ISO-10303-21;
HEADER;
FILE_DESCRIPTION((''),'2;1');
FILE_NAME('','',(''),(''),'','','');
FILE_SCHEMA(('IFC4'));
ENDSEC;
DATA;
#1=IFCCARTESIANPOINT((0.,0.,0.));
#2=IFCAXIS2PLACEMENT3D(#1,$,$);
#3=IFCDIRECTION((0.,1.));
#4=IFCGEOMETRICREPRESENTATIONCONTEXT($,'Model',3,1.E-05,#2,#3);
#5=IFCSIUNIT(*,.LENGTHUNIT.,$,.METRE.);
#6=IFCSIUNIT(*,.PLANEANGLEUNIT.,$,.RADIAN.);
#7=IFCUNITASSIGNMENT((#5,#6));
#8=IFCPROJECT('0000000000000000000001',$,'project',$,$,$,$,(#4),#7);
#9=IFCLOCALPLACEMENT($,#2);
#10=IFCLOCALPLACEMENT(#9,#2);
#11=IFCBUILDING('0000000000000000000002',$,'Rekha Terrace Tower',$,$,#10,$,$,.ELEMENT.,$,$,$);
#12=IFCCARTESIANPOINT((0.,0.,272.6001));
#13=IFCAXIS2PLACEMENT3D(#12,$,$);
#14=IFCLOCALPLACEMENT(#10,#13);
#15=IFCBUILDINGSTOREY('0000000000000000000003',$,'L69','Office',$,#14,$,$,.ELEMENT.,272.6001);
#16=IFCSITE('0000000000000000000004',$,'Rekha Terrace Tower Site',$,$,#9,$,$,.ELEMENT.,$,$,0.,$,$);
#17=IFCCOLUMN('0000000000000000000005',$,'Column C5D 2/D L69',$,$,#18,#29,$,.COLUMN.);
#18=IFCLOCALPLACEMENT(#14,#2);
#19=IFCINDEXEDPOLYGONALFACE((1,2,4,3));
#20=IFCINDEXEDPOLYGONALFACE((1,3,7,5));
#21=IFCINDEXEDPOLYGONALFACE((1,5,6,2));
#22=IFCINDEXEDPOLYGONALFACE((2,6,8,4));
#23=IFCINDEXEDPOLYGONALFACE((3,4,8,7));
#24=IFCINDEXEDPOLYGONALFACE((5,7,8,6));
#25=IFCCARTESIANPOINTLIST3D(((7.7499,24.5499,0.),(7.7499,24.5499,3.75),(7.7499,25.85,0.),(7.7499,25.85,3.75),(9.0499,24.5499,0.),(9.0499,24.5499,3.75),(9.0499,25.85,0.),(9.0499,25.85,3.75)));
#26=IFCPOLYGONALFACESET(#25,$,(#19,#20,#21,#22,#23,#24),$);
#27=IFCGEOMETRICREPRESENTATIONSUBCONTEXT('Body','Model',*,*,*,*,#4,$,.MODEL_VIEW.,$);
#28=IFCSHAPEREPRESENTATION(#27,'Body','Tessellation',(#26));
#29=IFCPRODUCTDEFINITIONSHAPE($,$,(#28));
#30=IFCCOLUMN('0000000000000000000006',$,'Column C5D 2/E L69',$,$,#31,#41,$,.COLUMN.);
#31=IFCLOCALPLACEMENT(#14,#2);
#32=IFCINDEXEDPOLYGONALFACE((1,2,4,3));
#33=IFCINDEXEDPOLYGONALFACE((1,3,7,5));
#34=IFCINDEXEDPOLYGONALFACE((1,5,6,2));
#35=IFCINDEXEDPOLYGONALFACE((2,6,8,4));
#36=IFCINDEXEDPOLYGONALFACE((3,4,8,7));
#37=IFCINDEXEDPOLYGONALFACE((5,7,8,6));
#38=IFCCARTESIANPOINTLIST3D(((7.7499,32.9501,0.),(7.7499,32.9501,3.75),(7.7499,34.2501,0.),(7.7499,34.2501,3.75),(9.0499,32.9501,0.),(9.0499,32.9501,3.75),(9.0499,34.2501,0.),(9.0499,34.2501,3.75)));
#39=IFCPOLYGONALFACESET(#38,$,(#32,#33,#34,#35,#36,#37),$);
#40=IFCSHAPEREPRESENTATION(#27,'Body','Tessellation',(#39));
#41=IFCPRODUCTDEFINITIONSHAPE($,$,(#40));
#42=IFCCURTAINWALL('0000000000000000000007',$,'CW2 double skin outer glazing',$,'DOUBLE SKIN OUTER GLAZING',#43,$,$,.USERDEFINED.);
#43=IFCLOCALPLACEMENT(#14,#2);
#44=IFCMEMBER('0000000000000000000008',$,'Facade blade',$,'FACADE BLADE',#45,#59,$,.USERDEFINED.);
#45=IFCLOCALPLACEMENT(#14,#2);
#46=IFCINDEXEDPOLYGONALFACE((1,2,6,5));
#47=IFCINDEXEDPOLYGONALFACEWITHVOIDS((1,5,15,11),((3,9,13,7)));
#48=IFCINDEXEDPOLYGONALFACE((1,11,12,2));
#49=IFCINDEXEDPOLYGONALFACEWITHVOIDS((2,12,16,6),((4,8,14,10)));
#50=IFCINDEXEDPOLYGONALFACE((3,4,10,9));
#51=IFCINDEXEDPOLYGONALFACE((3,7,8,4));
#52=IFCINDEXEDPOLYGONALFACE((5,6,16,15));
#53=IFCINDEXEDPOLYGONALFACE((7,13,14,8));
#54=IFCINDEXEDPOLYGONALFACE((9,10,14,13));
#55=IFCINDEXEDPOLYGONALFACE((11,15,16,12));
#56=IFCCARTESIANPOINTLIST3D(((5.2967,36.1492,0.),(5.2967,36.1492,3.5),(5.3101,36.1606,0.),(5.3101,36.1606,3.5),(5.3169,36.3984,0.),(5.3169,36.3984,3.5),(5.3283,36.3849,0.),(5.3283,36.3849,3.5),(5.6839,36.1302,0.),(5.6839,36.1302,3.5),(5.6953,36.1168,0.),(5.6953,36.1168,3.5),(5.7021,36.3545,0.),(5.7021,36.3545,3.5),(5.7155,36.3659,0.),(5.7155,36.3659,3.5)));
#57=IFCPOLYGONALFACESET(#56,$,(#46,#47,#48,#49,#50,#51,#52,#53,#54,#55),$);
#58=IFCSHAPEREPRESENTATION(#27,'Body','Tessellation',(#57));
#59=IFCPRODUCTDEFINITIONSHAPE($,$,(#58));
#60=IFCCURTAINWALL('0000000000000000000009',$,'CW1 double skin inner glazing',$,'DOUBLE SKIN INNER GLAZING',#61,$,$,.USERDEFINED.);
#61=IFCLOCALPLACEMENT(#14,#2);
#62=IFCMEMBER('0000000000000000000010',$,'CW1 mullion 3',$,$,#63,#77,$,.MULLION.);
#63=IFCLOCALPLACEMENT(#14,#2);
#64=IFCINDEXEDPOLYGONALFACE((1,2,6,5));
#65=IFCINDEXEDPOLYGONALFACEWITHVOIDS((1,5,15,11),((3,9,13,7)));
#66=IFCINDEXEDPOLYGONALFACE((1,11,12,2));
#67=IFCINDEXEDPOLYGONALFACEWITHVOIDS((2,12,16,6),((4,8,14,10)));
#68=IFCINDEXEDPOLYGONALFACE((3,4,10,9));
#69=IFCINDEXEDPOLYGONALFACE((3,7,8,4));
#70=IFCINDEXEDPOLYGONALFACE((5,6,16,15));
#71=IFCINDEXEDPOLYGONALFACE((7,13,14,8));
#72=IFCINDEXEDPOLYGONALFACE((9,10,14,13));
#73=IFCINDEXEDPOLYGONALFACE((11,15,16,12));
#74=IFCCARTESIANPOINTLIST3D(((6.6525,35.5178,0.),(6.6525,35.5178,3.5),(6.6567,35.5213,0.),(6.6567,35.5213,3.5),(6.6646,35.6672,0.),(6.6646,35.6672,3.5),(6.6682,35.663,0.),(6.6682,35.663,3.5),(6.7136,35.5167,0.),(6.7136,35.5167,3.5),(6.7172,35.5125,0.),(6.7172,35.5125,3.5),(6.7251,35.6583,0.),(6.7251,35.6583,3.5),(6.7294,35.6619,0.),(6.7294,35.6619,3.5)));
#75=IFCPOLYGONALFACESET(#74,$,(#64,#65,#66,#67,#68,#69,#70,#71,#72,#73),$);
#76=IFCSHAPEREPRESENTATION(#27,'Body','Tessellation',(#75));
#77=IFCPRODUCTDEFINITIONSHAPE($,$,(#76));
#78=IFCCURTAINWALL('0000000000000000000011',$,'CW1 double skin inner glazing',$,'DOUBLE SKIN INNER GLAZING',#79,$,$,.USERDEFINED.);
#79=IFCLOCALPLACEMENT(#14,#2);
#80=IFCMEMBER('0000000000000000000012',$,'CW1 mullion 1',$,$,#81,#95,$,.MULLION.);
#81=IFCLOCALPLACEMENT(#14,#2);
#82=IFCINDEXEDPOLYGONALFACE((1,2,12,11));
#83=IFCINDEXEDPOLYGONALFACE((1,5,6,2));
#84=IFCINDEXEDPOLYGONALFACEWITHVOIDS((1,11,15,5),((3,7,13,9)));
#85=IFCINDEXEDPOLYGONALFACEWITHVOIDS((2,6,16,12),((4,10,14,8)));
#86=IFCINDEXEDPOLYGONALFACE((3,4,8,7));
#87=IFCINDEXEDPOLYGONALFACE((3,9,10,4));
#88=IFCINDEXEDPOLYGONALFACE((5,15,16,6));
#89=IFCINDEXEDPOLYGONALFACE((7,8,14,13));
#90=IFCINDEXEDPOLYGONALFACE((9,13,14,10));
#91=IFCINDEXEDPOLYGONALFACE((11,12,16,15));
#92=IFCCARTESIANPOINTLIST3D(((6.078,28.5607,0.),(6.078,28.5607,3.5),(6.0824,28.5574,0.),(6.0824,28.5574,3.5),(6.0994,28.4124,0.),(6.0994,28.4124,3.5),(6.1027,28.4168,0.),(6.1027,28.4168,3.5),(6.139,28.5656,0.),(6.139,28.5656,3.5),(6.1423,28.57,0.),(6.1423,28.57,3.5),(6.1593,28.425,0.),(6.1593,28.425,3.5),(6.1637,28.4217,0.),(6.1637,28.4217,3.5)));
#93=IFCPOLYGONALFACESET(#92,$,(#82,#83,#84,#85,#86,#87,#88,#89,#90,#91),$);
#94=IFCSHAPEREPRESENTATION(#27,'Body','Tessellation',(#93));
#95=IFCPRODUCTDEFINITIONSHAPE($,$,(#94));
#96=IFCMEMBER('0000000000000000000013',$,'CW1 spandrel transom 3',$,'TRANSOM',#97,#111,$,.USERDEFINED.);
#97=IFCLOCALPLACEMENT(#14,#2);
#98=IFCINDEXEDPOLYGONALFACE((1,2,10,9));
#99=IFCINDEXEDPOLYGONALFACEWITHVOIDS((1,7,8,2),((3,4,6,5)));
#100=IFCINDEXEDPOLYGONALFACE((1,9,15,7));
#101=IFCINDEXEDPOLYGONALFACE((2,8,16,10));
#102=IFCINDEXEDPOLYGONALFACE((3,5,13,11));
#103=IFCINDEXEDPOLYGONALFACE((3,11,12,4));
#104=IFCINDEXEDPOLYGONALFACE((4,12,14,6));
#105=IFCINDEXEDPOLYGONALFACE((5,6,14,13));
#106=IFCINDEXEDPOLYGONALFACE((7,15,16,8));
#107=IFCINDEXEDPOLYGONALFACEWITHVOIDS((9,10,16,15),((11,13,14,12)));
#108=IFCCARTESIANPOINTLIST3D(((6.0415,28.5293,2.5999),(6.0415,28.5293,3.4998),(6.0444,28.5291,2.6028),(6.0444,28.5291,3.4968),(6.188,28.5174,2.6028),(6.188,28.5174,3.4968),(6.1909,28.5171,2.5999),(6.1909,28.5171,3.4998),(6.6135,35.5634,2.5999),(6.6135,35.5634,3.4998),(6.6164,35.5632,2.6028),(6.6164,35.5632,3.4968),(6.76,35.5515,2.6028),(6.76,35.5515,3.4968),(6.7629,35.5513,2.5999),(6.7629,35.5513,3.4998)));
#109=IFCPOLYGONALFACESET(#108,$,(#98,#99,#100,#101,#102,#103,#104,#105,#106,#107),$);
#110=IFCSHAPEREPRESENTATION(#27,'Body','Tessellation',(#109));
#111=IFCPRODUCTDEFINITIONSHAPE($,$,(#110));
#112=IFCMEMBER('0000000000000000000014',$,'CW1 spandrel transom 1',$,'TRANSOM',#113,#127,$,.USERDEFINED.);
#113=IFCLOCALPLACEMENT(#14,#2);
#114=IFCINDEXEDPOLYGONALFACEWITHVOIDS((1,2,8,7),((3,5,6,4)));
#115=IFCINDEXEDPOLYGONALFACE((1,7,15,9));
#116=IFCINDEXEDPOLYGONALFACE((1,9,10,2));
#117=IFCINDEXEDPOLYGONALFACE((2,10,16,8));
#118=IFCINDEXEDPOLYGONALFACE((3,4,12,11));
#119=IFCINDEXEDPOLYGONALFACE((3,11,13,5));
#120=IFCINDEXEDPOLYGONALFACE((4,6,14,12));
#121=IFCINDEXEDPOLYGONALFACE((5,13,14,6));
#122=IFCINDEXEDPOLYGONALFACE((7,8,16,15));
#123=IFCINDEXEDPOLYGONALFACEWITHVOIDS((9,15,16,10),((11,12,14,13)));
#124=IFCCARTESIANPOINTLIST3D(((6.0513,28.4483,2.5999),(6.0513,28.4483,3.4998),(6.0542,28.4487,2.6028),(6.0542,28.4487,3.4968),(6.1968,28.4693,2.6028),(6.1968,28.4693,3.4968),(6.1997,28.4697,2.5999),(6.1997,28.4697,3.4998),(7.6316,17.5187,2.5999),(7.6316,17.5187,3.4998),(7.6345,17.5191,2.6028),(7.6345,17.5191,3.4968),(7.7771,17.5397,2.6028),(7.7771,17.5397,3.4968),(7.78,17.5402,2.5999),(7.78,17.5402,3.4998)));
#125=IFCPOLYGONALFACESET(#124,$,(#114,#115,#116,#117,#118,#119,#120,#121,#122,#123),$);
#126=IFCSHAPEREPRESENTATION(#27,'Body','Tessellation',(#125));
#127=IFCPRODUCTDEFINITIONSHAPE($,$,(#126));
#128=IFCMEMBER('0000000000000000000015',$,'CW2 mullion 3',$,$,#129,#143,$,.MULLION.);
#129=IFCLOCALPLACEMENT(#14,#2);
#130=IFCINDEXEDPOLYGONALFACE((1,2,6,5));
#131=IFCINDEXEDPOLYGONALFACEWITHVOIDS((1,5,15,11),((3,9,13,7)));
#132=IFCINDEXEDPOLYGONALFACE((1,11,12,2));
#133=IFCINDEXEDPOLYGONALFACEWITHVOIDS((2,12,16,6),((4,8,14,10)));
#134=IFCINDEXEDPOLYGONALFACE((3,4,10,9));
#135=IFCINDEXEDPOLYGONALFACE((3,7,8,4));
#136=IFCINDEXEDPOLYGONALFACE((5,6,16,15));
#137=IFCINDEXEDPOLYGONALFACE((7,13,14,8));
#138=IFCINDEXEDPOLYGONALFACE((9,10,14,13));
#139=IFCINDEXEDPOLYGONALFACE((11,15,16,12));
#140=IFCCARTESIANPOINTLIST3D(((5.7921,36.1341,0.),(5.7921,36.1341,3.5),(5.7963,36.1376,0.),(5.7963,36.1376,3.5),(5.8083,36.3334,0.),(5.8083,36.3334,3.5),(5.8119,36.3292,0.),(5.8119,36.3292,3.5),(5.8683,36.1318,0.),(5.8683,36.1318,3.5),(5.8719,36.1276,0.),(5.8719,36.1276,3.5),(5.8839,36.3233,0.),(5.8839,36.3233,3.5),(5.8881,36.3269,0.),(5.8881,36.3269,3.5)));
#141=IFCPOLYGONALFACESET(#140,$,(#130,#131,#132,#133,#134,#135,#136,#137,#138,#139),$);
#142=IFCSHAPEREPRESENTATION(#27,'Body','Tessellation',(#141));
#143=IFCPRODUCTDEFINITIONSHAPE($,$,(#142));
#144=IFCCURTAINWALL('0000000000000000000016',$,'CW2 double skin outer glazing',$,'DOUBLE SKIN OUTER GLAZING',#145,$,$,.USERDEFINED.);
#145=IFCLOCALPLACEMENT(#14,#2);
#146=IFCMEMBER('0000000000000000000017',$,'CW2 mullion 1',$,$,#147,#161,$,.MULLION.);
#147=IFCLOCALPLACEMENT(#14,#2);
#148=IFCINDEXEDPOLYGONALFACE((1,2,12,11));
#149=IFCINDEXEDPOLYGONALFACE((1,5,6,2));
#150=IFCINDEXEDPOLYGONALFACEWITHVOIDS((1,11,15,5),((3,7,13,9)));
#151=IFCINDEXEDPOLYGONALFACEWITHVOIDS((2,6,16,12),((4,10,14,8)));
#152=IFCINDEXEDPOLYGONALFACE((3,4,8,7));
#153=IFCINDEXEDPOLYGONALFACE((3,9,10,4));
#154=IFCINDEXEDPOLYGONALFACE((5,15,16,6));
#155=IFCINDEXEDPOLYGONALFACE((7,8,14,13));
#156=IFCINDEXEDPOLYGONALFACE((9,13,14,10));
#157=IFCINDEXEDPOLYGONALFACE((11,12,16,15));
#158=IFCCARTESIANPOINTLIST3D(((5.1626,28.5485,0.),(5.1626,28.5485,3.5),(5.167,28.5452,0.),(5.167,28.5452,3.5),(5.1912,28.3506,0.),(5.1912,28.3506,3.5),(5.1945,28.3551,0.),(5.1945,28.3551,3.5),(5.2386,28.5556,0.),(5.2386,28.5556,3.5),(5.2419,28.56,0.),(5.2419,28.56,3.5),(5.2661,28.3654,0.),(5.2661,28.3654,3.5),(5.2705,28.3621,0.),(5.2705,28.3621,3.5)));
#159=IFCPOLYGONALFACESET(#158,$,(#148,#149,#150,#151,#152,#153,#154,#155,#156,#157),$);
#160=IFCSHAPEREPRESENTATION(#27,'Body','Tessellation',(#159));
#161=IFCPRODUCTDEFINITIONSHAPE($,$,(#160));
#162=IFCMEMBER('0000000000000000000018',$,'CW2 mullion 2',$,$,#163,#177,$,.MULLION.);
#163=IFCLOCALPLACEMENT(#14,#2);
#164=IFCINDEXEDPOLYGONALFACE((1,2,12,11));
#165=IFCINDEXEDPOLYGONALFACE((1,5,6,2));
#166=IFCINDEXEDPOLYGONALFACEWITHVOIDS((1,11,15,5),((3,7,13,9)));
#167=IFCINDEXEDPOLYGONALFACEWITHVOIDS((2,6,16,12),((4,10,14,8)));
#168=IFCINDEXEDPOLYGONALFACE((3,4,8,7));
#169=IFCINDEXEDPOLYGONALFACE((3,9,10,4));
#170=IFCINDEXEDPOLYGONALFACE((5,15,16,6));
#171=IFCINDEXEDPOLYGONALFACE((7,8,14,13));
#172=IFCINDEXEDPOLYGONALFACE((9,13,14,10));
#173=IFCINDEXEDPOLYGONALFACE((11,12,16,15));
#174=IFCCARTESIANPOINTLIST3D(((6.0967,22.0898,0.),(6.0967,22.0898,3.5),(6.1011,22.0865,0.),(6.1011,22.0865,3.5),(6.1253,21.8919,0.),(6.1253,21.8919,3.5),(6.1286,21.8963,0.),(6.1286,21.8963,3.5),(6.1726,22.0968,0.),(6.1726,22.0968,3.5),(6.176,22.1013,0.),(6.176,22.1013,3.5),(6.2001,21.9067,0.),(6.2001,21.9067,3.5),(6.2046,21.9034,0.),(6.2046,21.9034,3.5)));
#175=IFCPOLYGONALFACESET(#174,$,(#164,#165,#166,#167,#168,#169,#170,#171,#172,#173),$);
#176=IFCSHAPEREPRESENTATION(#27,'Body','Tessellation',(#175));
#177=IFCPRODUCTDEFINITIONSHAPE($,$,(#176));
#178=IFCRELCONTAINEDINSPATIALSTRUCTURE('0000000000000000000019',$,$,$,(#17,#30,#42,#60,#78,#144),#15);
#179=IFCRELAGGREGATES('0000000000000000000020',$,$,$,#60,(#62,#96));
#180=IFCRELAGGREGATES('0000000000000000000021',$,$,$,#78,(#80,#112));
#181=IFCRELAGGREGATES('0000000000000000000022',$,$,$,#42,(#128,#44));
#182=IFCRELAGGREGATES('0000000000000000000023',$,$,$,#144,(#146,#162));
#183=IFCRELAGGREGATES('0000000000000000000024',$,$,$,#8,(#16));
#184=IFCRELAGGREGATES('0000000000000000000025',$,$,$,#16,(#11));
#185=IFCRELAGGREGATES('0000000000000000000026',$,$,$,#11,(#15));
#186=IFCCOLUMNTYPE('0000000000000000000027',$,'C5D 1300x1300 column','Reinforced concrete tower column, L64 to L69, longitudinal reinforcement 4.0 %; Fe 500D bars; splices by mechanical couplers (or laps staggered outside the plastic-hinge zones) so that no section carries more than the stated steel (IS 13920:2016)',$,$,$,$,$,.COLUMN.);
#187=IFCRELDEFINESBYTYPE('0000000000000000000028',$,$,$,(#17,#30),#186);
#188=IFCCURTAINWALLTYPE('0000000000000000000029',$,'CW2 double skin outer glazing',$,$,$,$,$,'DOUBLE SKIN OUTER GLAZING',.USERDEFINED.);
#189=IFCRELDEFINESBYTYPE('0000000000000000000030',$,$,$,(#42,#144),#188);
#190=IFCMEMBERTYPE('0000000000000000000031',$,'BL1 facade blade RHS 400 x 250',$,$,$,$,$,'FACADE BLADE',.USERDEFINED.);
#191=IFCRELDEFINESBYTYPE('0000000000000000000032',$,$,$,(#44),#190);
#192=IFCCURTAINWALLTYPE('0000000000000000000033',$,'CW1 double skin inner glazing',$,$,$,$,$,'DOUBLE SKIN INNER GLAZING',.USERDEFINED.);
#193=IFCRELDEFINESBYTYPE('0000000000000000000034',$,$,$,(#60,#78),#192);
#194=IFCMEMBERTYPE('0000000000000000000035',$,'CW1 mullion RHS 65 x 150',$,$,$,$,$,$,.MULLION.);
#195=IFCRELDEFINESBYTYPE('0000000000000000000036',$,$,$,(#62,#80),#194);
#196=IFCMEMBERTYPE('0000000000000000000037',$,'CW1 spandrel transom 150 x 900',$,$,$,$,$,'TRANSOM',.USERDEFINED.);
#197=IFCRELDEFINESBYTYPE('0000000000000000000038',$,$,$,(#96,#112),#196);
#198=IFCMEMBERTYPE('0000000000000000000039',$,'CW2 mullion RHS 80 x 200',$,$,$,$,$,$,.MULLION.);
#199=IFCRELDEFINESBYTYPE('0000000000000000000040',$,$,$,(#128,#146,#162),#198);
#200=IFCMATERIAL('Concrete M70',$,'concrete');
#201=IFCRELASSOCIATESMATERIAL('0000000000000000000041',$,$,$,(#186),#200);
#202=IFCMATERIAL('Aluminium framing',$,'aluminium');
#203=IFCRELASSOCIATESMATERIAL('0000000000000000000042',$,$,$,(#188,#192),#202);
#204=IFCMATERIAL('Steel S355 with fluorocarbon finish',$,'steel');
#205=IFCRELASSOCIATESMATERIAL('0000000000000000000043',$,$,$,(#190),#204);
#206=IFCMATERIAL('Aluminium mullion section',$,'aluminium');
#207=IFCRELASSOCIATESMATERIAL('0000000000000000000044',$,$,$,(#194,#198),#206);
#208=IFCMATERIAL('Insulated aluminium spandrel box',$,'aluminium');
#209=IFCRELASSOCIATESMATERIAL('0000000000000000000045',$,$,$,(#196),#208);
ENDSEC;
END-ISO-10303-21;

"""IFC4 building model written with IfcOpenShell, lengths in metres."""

from ifc_helpers import new_model, si_unit, direction, frame, origin, origin_2d, place, context, subcontext, project, spatial, rectangle, hollow_rectangle, extrude, material, material_profile, profile_set, type_object, element, aggregate, save


model = new_model("IFC4")

# Units and contexts
model_context = context("Model", 3, precision=1e-05, world=origin(), true_north=direction((0.0, 1.0)))
body_context = subcontext(model_context, "Body", "Model", "MODEL_VIEW")
ifc_project = project(units=[si_unit("LENGTHUNIT", "METRE"), si_unit("PLANEANGLEUNIT", "RADIAN")], contexts=[model_context])

# Site, building, storey
site_placement = place(None, origin())
site = spatial("IfcSite", under=ifc_project, at=site_placement, Name="Rekha Terrace Tower Site", CompositionType="ELEMENT", RefElevation=0.0)
building_placement = place(site_placement, origin())
building = spatial("IfcBuilding", under=site, at=building_placement, Name="Rekha Terrace Tower", CompositionType="ELEMENT")
storey_placement = place(building_placement, frame((0.0, 0.0, 272.6001)))
storey = spatial("IfcBuildingStorey", under=building, at=storey_placement, Name="L69", Description="Office", CompositionType="ELEMENT", Elevation=272.6001)

# Columns
ifc_material_1 = material(Name="Concrete M70", Category="concrete")
ifc_material_profile_1 = material_profile(ifc_material_1, rectangle(XDim=1.3, YDim=1.3, at=origin_2d()), Name="RC 1300x1300")
ifc_profile_set_1 = profile_set([ifc_material_profile_1], Name="Concrete M70")
column_type = type_object("IfcColumnType", Name="C5D 1300x1300 column", Description="Reinforced concrete tower column, L64 to L69, longitudinal reinforcement 4.0 %; Fe 500D bars; splices by mechanical couplers (or laps staggered outside the plastic-hinge zones) so that no section carries more than the stated steel (IS 13920:2016)", PredefinedType="COLUMN", material=ifc_profile_set_1)
for number, where, z_axis, x_axis, name in (
    (1, (8.3999, 25.2, 0.0), (0.0, 0.0, 1.0), (1.0, 0.0, 0.0), "Column C5D 2/D L69"),
    (2, (8.3999, 33.6001, 0.0), (0.0, 0.0, 1.0), (1.0, 0.0, 0.0), "Column C5D 2/E L69"),
):
    element("IfcColumn", number, at=place(storey_placement, frame(where, z_axis=z_axis, x_axis=x_axis)), inside=storey, type_object=column_type, Name=name, PredefinedType="COLUMN", context=body_context, shape_type="SweptSolid", body=[
        extrude(rectangle(XDim=1.3, YDim=1.3, at=origin_2d()), origin(), (0.0, 0.0, 1.0), 3.75),
    ])

# Curtain walls, members
ifc_material_2 = material(Name="Aluminium framing", Category="aluminium")
curtain_wall_type_1 = type_object("IfcCurtainWallType", Name="CW2 double skin outer glazing", ElementType="DOUBLE SKIN OUTER GLAZING", PredefinedType="USERDEFINED", material=ifc_material_2)
curtain_wall_1_placement = place(storey_placement, origin())
curtain_wall_1 = element("IfcCurtainWall", 3, at=curtain_wall_1_placement, inside=storey, type_object=curtain_wall_type_1, Name="CW2 double skin outer glazing", ObjectType="DOUBLE SKIN OUTER GLAZING", PredefinedType="USERDEFINED")
ifc_material_3 = material(Name="Steel S355 with fluorocarbon finish", Category="steel")
ifc_material_profile_2 = material_profile(ifc_material_3, hollow_rectangle(XDim=0.25, YDim=0.3999, WallThickness=0.0125, at=origin_2d()), Name="RHS400x250x12.5")
ifc_profile_set_2 = profile_set([ifc_material_profile_2], Name="Steel S355 with fluorocarbon finish")
member_type_1 = type_object("IfcMemberType", Name="BL1 facade blade RHS 400 x 250", ElementType="FACADE BLADE", PredefinedType="USERDEFINED", material=ifc_profile_set_2)
member_1_placement = place(storey_placement, frame((5.5061, 36.2576, 0.0), z_axis=(0.0, 0.0, 1.0), x_axis=(-0.081069, -0.996709, 0.0)))
member_1 = element("IfcMember", 4, at=member_1_placement, type_object=member_type_1, Name="Facade blade", ObjectType="FACADE BLADE", PredefinedType="USERDEFINED", context=body_context, shape_type="SweptSolid", body=[
    extrude(hollow_rectangle(XDim=0.25, YDim=0.3999, WallThickness=0.0125, at=origin_2d()), origin(), (0.0, 0.0, 1.0), 3.5),
])
curtain_wall_type_2 = type_object("IfcCurtainWallType", Name="CW1 double skin inner glazing", ElementType="DOUBLE SKIN INNER GLAZING", PredefinedType="USERDEFINED", material=ifc_material_2)
curtain_wall_2_placement = place(storey_placement, origin())
curtain_wall_2 = element("IfcCurtainWall", 5, at=curtain_wall_2_placement, inside=storey, type_object=curtain_wall_type_2, Name="CW1 double skin inner glazing", ObjectType="DOUBLE SKIN INNER GLAZING", PredefinedType="USERDEFINED")
ifc_material_4 = material(Name="Aluminium mullion section", Category="aluminium")
ifc_material_profile_3 = material_profile(ifc_material_4, hollow_rectangle(XDim=0.0649, YDim=0.1499, WallThickness=0.0039, at=origin_2d()), Name="AL RHS 65x150")
ifc_profile_set_3 = profile_set([ifc_material_profile_3], Name="Aluminium mullion section")
member_type_2 = type_object("IfcMemberType", Name="CW1 mullion RHS 65 x 150", PredefinedType="MULLION", material=ifc_profile_set_3)
member_2_placement = place(storey_placement, frame((6.6909, 35.5898, 0.0), z_axis=(0.0, 0.0, 1.0), x_axis=(0.996709, -0.081068, 0.0)))
member_2 = element("IfcMember", 6, at=member_2_placement, type_object=member_type_2, Name="CW1 mullion 3", PredefinedType="MULLION", context=body_context, shape_type="SweptSolid", body=[
    extrude(hollow_rectangle(XDim=0.0649, YDim=0.1499, WallThickness=0.0039, at=origin_2d()), origin(), (0.0, 0.0, 1.0), 3.5),
])
curtain_wall_3_placement = place(storey_placement, origin())
curtain_wall_3 = element("IfcCurtainWall", 7, at=curtain_wall_3_placement, inside=storey, type_object=curtain_wall_type_2, Name="CW1 double skin inner glazing", ObjectType="DOUBLE SKIN INNER GLAZING", PredefinedType="USERDEFINED")
member_3_placement = place(storey_placement, frame((6.1208, 28.4912, 0.0), z_axis=(0.0, 0.0, 1.0), x_axis=(0.989707, 0.143108, 0.0)))
member_3 = element("IfcMember", 8, at=member_3_placement, type_object=member_type_2, Name="CW1 mullion 1", PredefinedType="MULLION", context=body_context, shape_type="SweptSolid", body=[
    extrude(hollow_rectangle(XDim=0.0649, YDim=0.1499, WallThickness=0.0039, at=origin_2d()), origin(), (0.0, 0.0, 1.0), 3.5),
])

# Members
ifc_material_5 = material(Name="Insulated aluminium spandrel box", Category="aluminium")
ifc_material_profile_4 = material_profile(ifc_material_5, hollow_rectangle(XDim=0.1499, YDim=0.8999, WallThickness=0.0029, at=origin_2d()), Name="AL SPANDREL BOX 150x900")
ifc_profile_set_4 = profile_set([ifc_material_profile_4], Name="Insulated aluminium spandrel box")
member_type_3 = type_object("IfcMemberType", Name="CW1 spandrel transom 150 x 900", ElementType="TRANSOM", PredefinedType="USERDEFINED", material=ifc_profile_set_4)
member_4_placement = place(storey_placement, frame((6.6882, 35.5574, 3.0498), z_axis=(-0.081053, -0.99671, 0.0), x_axis=(0.99671, -0.081053, 0.0)))
member_4 = element("IfcMember", 9, at=member_4_placement, type_object=member_type_3, Name="CW1 spandrel transom 3", ObjectType="TRANSOM", PredefinedType="USERDEFINED", context=body_context, shape_type="SweptSolid", body=[
    extrude(hollow_rectangle(XDim=0.1499, YDim=0.8999, WallThickness=0.0029, at=origin_2d()), origin(), (0.0, 0.0, 1.0), 7.0574),
])
member_5_placement = place(storey_placement, frame((6.1255, 28.459, 3.0498), z_axis=(0.143105, -0.989708, 0.0), x_axis=(0.989708, 0.143105, 0.0)))
member_5 = element("IfcMember", 10, at=member_5_placement, type_object=member_type_3, Name="CW1 spandrel transom 1", ObjectType="TRANSOM", PredefinedType="USERDEFINED", context=body_context, shape_type="SweptSolid", body=[
    extrude(hollow_rectangle(XDim=0.1499, YDim=0.8999, WallThickness=0.0029, at=origin_2d()), origin(), (0.0, 0.0, 1.0), 11.0432),
])
ifc_material_profile_5 = material_profile(ifc_material_4, hollow_rectangle(XDim=0.0801, YDim=0.2, WallThickness=0.0039, at=origin_2d()), Name="AL RHS 80x200")
ifc_profile_set_5 = profile_set([ifc_material_profile_5], Name="Aluminium mullion section")
member_type_4 = type_object("IfcMemberType", Name="CW2 mullion RHS 80 x 200", PredefinedType="MULLION", material=ifc_profile_set_5)
member_6_placement = place(storey_placement, frame((5.8401, 36.2305, 0.0), z_axis=(0.0, 0.0, 1.0), x_axis=(0.996709, -0.081068, 0.0)))
member_6 = element("IfcMember", 11, at=member_6_placement, type_object=member_type_4, Name="CW2 mullion 3", PredefinedType="MULLION", context=body_context, shape_type="SweptSolid", body=[
    extrude(hollow_rectangle(XDim=0.0801, YDim=0.2, WallThickness=0.0039, at=origin_2d()), origin(), (0.0, 0.0, 1.0), 3.5),
])

# Curtain wall, members
curtain_wall_4_placement = place(storey_placement, origin())
curtain_wall_4 = element("IfcCurtainWall", 12, at=curtain_wall_4_placement, inside=storey, type_object=curtain_wall_type_1, Name="CW2 double skin outer glazing", ObjectType="DOUBLE SKIN OUTER GLAZING", PredefinedType="USERDEFINED")
member_7_placement = place(storey_placement, frame((5.2166, 28.4553, 0.0), z_axis=(0.0, 0.0, 1.0), x_axis=(0.989707, 0.143108, 0.0)))
member_7 = element("IfcMember", 13, at=member_7_placement, type_object=member_type_4, Name="CW2 mullion 1", PredefinedType="MULLION", context=body_context, shape_type="SweptSolid", body=[
    extrude(hollow_rectangle(XDim=0.0801, YDim=0.2, WallThickness=0.0039, at=origin_2d()), origin(), (0.0, 0.0, 1.0), 3.5),
])
member_8_placement = place(storey_placement, frame((6.1506, 21.9966, 0.0), z_axis=(0.0, 0.0, 1.0), x_axis=(0.989707, 0.143108, 0.0)))
member_8 = element("IfcMember", 14, at=member_8_placement, type_object=member_type_4, Name="CW2 mullion 2", PredefinedType="MULLION", context=body_context, shape_type="SweptSolid", body=[
    extrude(hollow_rectangle(XDim=0.0801, YDim=0.2, WallThickness=0.0039, at=origin_2d()), origin(), (0.0, 0.0, 1.0), 3.5),
])

aggregate(curtain_wall_2, [member_2, member_4])
aggregate(curtain_wall_3, [member_3, member_5])
aggregate(curtain_wall_1, [member_6, member_1])
aggregate(curtain_wall_4, [member_7, member_8])

save(model, "model.ifc")
